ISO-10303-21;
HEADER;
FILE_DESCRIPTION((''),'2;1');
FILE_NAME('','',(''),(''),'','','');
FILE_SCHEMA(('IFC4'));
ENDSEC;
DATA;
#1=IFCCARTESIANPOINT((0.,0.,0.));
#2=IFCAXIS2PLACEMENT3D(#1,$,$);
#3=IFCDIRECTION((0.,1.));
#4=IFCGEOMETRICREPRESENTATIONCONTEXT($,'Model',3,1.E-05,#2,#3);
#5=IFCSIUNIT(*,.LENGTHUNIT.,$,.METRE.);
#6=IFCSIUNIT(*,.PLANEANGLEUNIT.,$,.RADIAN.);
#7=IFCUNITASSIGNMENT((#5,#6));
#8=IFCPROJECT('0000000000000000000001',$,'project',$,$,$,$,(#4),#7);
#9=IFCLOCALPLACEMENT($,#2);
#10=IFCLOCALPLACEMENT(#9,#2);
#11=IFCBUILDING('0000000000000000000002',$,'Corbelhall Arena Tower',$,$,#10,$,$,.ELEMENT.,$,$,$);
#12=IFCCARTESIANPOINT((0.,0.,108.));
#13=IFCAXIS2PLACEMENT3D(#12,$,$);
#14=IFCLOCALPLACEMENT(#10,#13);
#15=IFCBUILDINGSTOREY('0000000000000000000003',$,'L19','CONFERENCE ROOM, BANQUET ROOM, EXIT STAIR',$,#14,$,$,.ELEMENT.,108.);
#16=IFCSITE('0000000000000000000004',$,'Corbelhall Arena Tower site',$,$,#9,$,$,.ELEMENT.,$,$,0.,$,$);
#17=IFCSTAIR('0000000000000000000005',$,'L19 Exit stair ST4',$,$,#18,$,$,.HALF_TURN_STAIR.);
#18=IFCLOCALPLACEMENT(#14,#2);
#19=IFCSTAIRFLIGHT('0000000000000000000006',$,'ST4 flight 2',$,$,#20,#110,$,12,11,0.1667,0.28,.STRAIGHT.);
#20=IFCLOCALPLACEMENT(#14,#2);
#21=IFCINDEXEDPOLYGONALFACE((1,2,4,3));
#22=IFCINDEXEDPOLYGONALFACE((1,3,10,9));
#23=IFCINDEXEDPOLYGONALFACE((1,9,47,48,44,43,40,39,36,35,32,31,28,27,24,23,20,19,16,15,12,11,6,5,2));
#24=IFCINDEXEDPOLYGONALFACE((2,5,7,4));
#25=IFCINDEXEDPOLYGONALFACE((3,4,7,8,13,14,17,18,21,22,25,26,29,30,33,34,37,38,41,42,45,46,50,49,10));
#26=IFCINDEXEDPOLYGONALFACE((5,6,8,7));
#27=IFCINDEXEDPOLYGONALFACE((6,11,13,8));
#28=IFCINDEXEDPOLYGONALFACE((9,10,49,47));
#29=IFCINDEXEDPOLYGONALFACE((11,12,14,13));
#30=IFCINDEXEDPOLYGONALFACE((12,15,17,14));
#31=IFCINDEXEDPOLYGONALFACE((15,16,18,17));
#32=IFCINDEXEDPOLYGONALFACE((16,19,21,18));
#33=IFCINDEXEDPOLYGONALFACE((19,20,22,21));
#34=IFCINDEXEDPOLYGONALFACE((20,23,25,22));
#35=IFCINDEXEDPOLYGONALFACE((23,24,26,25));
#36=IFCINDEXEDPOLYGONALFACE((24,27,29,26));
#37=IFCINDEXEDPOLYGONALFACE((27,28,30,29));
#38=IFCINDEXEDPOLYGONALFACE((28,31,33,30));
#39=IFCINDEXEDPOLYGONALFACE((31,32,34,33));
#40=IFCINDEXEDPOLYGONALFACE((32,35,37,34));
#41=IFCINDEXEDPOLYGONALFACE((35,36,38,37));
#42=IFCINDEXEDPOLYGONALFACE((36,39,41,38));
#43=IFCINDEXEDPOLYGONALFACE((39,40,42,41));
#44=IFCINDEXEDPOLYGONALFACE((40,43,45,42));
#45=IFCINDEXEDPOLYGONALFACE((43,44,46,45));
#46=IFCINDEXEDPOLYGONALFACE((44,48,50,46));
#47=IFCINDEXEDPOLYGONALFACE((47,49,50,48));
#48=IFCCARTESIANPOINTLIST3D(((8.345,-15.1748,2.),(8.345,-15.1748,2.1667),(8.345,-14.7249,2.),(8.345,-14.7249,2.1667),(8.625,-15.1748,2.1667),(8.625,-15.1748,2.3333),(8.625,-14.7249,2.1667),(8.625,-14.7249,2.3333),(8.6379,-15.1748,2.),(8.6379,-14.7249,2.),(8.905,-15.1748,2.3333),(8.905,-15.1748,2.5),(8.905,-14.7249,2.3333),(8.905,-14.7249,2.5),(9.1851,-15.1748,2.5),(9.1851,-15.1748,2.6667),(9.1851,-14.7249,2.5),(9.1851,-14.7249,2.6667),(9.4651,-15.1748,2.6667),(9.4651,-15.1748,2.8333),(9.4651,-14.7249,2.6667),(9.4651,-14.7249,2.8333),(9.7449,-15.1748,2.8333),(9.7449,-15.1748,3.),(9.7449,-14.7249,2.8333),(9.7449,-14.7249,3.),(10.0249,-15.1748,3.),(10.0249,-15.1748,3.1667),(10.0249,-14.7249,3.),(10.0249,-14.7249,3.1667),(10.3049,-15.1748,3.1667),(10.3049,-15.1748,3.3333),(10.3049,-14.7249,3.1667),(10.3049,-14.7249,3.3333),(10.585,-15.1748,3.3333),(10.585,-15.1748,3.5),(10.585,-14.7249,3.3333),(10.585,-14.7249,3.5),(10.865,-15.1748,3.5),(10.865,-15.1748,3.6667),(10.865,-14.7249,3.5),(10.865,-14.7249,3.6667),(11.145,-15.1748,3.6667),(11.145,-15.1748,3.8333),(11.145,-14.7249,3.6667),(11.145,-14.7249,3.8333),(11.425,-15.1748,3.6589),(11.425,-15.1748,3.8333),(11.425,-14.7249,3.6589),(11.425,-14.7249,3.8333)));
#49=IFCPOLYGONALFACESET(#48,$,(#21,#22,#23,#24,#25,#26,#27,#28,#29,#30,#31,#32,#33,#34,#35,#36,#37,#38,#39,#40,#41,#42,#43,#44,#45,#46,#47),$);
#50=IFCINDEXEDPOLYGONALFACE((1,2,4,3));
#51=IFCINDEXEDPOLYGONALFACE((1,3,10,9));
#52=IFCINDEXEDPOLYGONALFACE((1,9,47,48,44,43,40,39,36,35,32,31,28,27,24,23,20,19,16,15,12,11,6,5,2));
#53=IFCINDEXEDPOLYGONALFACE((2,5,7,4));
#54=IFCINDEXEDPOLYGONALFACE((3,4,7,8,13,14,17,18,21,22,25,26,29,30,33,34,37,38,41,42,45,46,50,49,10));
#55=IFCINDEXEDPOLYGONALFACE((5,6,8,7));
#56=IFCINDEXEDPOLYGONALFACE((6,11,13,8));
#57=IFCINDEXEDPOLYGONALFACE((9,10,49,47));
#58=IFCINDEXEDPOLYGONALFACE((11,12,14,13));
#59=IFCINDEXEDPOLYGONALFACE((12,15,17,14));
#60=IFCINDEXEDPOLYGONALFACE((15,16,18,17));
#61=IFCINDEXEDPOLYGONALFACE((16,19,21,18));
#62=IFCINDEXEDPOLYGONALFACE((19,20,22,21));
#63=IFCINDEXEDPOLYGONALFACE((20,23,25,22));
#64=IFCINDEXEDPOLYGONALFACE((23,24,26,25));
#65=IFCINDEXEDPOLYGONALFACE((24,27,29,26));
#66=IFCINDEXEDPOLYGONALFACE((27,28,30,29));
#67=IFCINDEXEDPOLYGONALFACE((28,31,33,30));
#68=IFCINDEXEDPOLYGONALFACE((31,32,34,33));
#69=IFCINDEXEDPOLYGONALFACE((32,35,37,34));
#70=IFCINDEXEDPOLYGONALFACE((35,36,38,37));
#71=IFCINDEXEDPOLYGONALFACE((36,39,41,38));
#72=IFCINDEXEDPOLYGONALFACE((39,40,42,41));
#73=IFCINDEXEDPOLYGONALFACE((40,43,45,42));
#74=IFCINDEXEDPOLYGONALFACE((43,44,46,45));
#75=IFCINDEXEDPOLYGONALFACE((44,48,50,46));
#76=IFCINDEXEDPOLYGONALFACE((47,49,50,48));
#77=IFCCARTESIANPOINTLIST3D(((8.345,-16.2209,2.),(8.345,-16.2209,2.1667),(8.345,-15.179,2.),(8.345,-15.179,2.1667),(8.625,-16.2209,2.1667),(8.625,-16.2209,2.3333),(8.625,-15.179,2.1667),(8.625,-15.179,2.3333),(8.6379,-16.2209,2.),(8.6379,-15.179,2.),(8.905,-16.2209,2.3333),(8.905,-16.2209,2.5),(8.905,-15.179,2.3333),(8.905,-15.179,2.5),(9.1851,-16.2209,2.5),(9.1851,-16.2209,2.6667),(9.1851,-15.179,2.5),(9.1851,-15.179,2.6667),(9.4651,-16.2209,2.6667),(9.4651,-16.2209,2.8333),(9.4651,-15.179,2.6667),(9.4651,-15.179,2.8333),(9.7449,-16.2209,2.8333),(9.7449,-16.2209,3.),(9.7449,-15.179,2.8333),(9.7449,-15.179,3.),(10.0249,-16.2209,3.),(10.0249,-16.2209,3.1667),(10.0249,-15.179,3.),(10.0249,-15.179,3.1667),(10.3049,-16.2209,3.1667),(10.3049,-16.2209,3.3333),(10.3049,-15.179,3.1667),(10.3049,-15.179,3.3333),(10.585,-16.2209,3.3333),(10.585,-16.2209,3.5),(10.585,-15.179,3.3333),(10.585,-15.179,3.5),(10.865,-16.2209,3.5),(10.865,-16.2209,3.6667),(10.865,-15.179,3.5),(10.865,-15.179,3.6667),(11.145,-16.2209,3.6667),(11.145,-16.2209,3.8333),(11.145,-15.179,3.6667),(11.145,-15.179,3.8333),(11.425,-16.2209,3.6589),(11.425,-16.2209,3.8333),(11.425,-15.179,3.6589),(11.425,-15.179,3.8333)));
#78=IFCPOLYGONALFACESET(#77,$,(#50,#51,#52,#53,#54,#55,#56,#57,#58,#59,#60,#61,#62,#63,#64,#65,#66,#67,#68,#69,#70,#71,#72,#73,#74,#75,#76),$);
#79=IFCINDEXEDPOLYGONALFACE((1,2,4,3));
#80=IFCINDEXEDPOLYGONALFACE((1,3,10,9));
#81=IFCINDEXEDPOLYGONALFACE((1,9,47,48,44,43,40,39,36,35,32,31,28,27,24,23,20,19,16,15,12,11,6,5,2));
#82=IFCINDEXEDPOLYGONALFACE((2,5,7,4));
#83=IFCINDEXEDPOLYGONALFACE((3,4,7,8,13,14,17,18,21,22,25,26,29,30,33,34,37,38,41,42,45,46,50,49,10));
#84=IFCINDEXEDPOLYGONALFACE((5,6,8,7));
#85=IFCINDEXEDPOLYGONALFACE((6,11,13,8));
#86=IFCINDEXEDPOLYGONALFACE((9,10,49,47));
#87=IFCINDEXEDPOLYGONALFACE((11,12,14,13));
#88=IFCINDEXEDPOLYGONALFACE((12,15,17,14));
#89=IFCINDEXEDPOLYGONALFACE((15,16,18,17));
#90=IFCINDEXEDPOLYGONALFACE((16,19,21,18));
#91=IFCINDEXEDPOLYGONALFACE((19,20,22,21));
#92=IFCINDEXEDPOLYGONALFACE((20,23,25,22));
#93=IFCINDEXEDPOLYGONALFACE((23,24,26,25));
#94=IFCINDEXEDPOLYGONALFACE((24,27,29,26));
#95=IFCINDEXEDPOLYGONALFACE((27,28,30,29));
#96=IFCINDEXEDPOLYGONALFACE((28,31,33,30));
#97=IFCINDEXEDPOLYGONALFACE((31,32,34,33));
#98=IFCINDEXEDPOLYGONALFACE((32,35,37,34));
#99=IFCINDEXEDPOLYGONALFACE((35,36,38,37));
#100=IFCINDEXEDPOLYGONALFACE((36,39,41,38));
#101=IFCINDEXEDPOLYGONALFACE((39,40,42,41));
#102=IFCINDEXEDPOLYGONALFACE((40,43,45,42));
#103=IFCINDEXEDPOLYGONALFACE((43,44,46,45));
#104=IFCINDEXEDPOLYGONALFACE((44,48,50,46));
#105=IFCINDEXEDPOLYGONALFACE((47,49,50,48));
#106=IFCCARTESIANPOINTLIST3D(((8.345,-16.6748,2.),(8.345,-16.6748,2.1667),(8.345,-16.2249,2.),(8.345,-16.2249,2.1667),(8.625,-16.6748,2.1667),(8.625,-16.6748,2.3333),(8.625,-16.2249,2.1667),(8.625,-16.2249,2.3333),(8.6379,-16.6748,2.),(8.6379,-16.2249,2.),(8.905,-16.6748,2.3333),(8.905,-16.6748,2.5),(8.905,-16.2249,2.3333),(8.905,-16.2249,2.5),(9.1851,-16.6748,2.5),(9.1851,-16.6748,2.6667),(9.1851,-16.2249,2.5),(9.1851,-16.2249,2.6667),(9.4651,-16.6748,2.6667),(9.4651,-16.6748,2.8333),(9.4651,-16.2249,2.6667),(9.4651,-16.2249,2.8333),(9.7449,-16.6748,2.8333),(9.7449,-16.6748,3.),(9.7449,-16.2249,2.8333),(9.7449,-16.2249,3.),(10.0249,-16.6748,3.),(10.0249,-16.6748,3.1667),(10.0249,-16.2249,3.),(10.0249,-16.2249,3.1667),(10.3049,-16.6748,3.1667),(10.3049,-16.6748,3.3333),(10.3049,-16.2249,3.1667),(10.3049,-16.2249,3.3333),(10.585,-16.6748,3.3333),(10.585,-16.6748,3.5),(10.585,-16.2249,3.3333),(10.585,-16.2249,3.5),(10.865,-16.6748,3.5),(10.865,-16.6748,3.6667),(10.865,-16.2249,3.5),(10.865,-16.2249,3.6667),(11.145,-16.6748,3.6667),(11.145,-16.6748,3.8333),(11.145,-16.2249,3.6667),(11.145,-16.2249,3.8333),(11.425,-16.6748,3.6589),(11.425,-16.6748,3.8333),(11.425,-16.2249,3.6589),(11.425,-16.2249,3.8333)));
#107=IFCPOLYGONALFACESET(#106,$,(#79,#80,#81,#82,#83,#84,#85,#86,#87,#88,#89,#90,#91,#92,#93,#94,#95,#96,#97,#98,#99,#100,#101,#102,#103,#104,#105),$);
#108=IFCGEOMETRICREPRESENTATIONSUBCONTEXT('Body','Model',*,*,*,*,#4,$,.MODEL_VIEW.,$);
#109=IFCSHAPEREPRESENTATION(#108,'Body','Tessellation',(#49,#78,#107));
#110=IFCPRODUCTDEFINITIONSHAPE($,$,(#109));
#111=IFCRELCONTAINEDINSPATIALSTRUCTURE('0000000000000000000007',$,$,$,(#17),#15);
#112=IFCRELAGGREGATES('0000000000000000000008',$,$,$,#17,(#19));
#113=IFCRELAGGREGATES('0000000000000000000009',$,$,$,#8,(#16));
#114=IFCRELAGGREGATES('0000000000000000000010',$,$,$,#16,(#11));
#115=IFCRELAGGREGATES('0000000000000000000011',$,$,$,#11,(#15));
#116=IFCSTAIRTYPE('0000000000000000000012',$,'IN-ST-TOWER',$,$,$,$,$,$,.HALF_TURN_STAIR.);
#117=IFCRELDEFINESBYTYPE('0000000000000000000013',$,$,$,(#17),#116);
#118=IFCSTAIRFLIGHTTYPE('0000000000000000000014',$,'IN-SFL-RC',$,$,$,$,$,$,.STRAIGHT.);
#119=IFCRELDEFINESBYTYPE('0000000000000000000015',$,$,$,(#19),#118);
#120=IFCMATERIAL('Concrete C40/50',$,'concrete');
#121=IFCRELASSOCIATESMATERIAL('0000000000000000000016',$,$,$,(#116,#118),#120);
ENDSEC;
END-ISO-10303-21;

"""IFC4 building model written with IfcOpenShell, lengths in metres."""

from ifc_helpers import new_model, si_unit, direction, frame, origin, place, context, subcontext, project, spatial, polyline, outline, extrude, material, type_object, element, aggregate, save


model = new_model("IFC4")

# Units and contexts
model_context = context("Model", 3, precision=1e-05, world=origin(), true_north=direction((0.0, 1.0)))
body_context = subcontext(model_context, "Body", "Model", "MODEL_VIEW")
ifc_project = project(units=[si_unit("LENGTHUNIT", "METRE"), si_unit("PLANEANGLEUNIT", "RADIAN")], contexts=[model_context])

# Site, building, storey
site_placement = place(None, origin())
site = spatial("IfcSite", under=ifc_project, at=site_placement, Name="Corbelhall Arena Tower site", CompositionType="ELEMENT", RefElevation=0.0)
building_placement = place(site_placement, origin())
building = spatial("IfcBuilding", under=site, at=building_placement, Name="Corbelhall Arena Tower", CompositionType="ELEMENT")
storey_placement = place(building_placement, frame((0.0, 0.0, 108.0)))
storey = spatial("IfcBuildingStorey", under=building, at=storey_placement, Name="L19", Description="CONFERENCE ROOM, BANQUET ROOM, EXIT STAIR", CompositionType="ELEMENT", Elevation=108.0)

# Shared definitions
ifc_material_1 = material(Name="Concrete C40/50", Category="concrete")

# Stair, stair flight
stair_type = type_object("IfcStairType", Name="IN-ST-TOWER", PredefinedType="HALF_TURN_STAIR", material=ifc_material_1)
stair_placement = place(storey_placement, origin())
stair = element("IfcStair", 1, at=stair_placement, inside=storey, type_object=stair_type, Name="L19 Exit stair ST4", PredefinedType="HALF_TURN_STAIR")
stair_flight_type = type_object("IfcStairFlightType", Name="IN-SFL-RC", PredefinedType="STRAIGHT", material=ifc_material_1)
stair_flight_placement = place(storey_placement, frame((8.345, -15.7, 2.0), z_axis=(0.0, 0.0, 1.0), x_axis=(1.0, 0.0, 0.0)))
stair_flight = element("IfcStairFlight", 2, at=stair_flight_placement, type_object=stair_flight_type, Name="ST4 flight 2", NumberOfRisers=12, NumberOfTreads=11, PredefinedType="STRAIGHT", RiserHeight=0.1667, TreadLength=0.28, context=body_context, shape_type="SweptSolid", body=[
    extrude(outline(polyline([(0.0, 0.0), (0.0, 0.1667), (0.28, 0.1667), (0.28, 0.3333), (0.5601, 0.3333), (0.5601, 0.5), (0.8401, 0.5), (0.8401, 0.6667), (1.1201, 0.6667), (1.1201, 0.8333), (1.3999, 0.8333), (1.3999, 1.0), (1.6799, 1.0), (1.6799, 1.1667), (1.96, 1.1667), (1.96, 1.3333), (2.24, 1.3333), (2.24, 1.5), (2.52, 1.5), (2.52, 1.6667), (2.8, 1.6667), (2.8, 1.8333), (3.0801, 1.8333), (3.0801, 2.0), (3.0801, 1.6589), (0.293, 0.0), (0.0, 0.0)])), frame((0.0, 0.9751, 0.0), z_axis=(0.0, -1.0, 0.0), x_axis=(1.0, 0.0, 0.0)), (0.0, 0.0, 1.0), 0.45),
    extrude(outline(polyline([(0.0, 0.0), (0.0, 0.1667), (0.28, 0.1667), (0.28, 0.3333), (0.5601, 0.3333), (0.5601, 0.5), (0.8401, 0.5), (0.8401, 0.6667), (1.1201, 0.6667), (1.1201, 0.8333), (1.3999, 0.8333), (1.3999, 1.0), (1.6799, 1.0), (1.6799, 1.1667), (1.96, 1.1667), (1.96, 1.3333), (2.24, 1.3333), (2.24, 1.5), (2.52, 1.5), (2.52, 1.6667), (2.8, 1.6667), (2.8, 1.8333), (3.0801, 1.8333), (3.0801, 2.0), (3.0801, 1.6589), (0.293, 0.0), (0.0, 0.0)])), frame((0.0, 0.521, 0.0), z_axis=(0.0, -1.0, 0.0), x_axis=(1.0, 0.0, 0.0)), (0.0, 0.0, 1.0), 1.042),
    extrude(outline(polyline([(0.0, 0.0), (0.0, 0.1667), (0.28, 0.1667), (0.28, 0.3333), (0.5601, 0.3333), (0.5601, 0.5), (0.8401, 0.5), (0.8401, 0.6667), (1.1201, 0.6667), (1.1201, 0.8333), (1.3999, 0.8333), (1.3999, 1.0), (1.6799, 1.0), (1.6799, 1.1667), (1.96, 1.1667), (1.96, 1.3333), (2.24, 1.3333), (2.24, 1.5), (2.52, 1.5), (2.52, 1.6667), (2.8, 1.6667), (2.8, 1.8333), (3.0801, 1.8333), (3.0801, 2.0), (3.0801, 1.6589), (0.293, 0.0), (0.0, 0.0)])), frame((0.0, -0.5249, 0.0), z_axis=(0.0, -1.0, 0.0), x_axis=(1.0, 0.0, 0.0)), (0.0, 0.0, 1.0), 0.45),
])
aggregate(stair, [stair_flight])

save(model, "model.ifc")
